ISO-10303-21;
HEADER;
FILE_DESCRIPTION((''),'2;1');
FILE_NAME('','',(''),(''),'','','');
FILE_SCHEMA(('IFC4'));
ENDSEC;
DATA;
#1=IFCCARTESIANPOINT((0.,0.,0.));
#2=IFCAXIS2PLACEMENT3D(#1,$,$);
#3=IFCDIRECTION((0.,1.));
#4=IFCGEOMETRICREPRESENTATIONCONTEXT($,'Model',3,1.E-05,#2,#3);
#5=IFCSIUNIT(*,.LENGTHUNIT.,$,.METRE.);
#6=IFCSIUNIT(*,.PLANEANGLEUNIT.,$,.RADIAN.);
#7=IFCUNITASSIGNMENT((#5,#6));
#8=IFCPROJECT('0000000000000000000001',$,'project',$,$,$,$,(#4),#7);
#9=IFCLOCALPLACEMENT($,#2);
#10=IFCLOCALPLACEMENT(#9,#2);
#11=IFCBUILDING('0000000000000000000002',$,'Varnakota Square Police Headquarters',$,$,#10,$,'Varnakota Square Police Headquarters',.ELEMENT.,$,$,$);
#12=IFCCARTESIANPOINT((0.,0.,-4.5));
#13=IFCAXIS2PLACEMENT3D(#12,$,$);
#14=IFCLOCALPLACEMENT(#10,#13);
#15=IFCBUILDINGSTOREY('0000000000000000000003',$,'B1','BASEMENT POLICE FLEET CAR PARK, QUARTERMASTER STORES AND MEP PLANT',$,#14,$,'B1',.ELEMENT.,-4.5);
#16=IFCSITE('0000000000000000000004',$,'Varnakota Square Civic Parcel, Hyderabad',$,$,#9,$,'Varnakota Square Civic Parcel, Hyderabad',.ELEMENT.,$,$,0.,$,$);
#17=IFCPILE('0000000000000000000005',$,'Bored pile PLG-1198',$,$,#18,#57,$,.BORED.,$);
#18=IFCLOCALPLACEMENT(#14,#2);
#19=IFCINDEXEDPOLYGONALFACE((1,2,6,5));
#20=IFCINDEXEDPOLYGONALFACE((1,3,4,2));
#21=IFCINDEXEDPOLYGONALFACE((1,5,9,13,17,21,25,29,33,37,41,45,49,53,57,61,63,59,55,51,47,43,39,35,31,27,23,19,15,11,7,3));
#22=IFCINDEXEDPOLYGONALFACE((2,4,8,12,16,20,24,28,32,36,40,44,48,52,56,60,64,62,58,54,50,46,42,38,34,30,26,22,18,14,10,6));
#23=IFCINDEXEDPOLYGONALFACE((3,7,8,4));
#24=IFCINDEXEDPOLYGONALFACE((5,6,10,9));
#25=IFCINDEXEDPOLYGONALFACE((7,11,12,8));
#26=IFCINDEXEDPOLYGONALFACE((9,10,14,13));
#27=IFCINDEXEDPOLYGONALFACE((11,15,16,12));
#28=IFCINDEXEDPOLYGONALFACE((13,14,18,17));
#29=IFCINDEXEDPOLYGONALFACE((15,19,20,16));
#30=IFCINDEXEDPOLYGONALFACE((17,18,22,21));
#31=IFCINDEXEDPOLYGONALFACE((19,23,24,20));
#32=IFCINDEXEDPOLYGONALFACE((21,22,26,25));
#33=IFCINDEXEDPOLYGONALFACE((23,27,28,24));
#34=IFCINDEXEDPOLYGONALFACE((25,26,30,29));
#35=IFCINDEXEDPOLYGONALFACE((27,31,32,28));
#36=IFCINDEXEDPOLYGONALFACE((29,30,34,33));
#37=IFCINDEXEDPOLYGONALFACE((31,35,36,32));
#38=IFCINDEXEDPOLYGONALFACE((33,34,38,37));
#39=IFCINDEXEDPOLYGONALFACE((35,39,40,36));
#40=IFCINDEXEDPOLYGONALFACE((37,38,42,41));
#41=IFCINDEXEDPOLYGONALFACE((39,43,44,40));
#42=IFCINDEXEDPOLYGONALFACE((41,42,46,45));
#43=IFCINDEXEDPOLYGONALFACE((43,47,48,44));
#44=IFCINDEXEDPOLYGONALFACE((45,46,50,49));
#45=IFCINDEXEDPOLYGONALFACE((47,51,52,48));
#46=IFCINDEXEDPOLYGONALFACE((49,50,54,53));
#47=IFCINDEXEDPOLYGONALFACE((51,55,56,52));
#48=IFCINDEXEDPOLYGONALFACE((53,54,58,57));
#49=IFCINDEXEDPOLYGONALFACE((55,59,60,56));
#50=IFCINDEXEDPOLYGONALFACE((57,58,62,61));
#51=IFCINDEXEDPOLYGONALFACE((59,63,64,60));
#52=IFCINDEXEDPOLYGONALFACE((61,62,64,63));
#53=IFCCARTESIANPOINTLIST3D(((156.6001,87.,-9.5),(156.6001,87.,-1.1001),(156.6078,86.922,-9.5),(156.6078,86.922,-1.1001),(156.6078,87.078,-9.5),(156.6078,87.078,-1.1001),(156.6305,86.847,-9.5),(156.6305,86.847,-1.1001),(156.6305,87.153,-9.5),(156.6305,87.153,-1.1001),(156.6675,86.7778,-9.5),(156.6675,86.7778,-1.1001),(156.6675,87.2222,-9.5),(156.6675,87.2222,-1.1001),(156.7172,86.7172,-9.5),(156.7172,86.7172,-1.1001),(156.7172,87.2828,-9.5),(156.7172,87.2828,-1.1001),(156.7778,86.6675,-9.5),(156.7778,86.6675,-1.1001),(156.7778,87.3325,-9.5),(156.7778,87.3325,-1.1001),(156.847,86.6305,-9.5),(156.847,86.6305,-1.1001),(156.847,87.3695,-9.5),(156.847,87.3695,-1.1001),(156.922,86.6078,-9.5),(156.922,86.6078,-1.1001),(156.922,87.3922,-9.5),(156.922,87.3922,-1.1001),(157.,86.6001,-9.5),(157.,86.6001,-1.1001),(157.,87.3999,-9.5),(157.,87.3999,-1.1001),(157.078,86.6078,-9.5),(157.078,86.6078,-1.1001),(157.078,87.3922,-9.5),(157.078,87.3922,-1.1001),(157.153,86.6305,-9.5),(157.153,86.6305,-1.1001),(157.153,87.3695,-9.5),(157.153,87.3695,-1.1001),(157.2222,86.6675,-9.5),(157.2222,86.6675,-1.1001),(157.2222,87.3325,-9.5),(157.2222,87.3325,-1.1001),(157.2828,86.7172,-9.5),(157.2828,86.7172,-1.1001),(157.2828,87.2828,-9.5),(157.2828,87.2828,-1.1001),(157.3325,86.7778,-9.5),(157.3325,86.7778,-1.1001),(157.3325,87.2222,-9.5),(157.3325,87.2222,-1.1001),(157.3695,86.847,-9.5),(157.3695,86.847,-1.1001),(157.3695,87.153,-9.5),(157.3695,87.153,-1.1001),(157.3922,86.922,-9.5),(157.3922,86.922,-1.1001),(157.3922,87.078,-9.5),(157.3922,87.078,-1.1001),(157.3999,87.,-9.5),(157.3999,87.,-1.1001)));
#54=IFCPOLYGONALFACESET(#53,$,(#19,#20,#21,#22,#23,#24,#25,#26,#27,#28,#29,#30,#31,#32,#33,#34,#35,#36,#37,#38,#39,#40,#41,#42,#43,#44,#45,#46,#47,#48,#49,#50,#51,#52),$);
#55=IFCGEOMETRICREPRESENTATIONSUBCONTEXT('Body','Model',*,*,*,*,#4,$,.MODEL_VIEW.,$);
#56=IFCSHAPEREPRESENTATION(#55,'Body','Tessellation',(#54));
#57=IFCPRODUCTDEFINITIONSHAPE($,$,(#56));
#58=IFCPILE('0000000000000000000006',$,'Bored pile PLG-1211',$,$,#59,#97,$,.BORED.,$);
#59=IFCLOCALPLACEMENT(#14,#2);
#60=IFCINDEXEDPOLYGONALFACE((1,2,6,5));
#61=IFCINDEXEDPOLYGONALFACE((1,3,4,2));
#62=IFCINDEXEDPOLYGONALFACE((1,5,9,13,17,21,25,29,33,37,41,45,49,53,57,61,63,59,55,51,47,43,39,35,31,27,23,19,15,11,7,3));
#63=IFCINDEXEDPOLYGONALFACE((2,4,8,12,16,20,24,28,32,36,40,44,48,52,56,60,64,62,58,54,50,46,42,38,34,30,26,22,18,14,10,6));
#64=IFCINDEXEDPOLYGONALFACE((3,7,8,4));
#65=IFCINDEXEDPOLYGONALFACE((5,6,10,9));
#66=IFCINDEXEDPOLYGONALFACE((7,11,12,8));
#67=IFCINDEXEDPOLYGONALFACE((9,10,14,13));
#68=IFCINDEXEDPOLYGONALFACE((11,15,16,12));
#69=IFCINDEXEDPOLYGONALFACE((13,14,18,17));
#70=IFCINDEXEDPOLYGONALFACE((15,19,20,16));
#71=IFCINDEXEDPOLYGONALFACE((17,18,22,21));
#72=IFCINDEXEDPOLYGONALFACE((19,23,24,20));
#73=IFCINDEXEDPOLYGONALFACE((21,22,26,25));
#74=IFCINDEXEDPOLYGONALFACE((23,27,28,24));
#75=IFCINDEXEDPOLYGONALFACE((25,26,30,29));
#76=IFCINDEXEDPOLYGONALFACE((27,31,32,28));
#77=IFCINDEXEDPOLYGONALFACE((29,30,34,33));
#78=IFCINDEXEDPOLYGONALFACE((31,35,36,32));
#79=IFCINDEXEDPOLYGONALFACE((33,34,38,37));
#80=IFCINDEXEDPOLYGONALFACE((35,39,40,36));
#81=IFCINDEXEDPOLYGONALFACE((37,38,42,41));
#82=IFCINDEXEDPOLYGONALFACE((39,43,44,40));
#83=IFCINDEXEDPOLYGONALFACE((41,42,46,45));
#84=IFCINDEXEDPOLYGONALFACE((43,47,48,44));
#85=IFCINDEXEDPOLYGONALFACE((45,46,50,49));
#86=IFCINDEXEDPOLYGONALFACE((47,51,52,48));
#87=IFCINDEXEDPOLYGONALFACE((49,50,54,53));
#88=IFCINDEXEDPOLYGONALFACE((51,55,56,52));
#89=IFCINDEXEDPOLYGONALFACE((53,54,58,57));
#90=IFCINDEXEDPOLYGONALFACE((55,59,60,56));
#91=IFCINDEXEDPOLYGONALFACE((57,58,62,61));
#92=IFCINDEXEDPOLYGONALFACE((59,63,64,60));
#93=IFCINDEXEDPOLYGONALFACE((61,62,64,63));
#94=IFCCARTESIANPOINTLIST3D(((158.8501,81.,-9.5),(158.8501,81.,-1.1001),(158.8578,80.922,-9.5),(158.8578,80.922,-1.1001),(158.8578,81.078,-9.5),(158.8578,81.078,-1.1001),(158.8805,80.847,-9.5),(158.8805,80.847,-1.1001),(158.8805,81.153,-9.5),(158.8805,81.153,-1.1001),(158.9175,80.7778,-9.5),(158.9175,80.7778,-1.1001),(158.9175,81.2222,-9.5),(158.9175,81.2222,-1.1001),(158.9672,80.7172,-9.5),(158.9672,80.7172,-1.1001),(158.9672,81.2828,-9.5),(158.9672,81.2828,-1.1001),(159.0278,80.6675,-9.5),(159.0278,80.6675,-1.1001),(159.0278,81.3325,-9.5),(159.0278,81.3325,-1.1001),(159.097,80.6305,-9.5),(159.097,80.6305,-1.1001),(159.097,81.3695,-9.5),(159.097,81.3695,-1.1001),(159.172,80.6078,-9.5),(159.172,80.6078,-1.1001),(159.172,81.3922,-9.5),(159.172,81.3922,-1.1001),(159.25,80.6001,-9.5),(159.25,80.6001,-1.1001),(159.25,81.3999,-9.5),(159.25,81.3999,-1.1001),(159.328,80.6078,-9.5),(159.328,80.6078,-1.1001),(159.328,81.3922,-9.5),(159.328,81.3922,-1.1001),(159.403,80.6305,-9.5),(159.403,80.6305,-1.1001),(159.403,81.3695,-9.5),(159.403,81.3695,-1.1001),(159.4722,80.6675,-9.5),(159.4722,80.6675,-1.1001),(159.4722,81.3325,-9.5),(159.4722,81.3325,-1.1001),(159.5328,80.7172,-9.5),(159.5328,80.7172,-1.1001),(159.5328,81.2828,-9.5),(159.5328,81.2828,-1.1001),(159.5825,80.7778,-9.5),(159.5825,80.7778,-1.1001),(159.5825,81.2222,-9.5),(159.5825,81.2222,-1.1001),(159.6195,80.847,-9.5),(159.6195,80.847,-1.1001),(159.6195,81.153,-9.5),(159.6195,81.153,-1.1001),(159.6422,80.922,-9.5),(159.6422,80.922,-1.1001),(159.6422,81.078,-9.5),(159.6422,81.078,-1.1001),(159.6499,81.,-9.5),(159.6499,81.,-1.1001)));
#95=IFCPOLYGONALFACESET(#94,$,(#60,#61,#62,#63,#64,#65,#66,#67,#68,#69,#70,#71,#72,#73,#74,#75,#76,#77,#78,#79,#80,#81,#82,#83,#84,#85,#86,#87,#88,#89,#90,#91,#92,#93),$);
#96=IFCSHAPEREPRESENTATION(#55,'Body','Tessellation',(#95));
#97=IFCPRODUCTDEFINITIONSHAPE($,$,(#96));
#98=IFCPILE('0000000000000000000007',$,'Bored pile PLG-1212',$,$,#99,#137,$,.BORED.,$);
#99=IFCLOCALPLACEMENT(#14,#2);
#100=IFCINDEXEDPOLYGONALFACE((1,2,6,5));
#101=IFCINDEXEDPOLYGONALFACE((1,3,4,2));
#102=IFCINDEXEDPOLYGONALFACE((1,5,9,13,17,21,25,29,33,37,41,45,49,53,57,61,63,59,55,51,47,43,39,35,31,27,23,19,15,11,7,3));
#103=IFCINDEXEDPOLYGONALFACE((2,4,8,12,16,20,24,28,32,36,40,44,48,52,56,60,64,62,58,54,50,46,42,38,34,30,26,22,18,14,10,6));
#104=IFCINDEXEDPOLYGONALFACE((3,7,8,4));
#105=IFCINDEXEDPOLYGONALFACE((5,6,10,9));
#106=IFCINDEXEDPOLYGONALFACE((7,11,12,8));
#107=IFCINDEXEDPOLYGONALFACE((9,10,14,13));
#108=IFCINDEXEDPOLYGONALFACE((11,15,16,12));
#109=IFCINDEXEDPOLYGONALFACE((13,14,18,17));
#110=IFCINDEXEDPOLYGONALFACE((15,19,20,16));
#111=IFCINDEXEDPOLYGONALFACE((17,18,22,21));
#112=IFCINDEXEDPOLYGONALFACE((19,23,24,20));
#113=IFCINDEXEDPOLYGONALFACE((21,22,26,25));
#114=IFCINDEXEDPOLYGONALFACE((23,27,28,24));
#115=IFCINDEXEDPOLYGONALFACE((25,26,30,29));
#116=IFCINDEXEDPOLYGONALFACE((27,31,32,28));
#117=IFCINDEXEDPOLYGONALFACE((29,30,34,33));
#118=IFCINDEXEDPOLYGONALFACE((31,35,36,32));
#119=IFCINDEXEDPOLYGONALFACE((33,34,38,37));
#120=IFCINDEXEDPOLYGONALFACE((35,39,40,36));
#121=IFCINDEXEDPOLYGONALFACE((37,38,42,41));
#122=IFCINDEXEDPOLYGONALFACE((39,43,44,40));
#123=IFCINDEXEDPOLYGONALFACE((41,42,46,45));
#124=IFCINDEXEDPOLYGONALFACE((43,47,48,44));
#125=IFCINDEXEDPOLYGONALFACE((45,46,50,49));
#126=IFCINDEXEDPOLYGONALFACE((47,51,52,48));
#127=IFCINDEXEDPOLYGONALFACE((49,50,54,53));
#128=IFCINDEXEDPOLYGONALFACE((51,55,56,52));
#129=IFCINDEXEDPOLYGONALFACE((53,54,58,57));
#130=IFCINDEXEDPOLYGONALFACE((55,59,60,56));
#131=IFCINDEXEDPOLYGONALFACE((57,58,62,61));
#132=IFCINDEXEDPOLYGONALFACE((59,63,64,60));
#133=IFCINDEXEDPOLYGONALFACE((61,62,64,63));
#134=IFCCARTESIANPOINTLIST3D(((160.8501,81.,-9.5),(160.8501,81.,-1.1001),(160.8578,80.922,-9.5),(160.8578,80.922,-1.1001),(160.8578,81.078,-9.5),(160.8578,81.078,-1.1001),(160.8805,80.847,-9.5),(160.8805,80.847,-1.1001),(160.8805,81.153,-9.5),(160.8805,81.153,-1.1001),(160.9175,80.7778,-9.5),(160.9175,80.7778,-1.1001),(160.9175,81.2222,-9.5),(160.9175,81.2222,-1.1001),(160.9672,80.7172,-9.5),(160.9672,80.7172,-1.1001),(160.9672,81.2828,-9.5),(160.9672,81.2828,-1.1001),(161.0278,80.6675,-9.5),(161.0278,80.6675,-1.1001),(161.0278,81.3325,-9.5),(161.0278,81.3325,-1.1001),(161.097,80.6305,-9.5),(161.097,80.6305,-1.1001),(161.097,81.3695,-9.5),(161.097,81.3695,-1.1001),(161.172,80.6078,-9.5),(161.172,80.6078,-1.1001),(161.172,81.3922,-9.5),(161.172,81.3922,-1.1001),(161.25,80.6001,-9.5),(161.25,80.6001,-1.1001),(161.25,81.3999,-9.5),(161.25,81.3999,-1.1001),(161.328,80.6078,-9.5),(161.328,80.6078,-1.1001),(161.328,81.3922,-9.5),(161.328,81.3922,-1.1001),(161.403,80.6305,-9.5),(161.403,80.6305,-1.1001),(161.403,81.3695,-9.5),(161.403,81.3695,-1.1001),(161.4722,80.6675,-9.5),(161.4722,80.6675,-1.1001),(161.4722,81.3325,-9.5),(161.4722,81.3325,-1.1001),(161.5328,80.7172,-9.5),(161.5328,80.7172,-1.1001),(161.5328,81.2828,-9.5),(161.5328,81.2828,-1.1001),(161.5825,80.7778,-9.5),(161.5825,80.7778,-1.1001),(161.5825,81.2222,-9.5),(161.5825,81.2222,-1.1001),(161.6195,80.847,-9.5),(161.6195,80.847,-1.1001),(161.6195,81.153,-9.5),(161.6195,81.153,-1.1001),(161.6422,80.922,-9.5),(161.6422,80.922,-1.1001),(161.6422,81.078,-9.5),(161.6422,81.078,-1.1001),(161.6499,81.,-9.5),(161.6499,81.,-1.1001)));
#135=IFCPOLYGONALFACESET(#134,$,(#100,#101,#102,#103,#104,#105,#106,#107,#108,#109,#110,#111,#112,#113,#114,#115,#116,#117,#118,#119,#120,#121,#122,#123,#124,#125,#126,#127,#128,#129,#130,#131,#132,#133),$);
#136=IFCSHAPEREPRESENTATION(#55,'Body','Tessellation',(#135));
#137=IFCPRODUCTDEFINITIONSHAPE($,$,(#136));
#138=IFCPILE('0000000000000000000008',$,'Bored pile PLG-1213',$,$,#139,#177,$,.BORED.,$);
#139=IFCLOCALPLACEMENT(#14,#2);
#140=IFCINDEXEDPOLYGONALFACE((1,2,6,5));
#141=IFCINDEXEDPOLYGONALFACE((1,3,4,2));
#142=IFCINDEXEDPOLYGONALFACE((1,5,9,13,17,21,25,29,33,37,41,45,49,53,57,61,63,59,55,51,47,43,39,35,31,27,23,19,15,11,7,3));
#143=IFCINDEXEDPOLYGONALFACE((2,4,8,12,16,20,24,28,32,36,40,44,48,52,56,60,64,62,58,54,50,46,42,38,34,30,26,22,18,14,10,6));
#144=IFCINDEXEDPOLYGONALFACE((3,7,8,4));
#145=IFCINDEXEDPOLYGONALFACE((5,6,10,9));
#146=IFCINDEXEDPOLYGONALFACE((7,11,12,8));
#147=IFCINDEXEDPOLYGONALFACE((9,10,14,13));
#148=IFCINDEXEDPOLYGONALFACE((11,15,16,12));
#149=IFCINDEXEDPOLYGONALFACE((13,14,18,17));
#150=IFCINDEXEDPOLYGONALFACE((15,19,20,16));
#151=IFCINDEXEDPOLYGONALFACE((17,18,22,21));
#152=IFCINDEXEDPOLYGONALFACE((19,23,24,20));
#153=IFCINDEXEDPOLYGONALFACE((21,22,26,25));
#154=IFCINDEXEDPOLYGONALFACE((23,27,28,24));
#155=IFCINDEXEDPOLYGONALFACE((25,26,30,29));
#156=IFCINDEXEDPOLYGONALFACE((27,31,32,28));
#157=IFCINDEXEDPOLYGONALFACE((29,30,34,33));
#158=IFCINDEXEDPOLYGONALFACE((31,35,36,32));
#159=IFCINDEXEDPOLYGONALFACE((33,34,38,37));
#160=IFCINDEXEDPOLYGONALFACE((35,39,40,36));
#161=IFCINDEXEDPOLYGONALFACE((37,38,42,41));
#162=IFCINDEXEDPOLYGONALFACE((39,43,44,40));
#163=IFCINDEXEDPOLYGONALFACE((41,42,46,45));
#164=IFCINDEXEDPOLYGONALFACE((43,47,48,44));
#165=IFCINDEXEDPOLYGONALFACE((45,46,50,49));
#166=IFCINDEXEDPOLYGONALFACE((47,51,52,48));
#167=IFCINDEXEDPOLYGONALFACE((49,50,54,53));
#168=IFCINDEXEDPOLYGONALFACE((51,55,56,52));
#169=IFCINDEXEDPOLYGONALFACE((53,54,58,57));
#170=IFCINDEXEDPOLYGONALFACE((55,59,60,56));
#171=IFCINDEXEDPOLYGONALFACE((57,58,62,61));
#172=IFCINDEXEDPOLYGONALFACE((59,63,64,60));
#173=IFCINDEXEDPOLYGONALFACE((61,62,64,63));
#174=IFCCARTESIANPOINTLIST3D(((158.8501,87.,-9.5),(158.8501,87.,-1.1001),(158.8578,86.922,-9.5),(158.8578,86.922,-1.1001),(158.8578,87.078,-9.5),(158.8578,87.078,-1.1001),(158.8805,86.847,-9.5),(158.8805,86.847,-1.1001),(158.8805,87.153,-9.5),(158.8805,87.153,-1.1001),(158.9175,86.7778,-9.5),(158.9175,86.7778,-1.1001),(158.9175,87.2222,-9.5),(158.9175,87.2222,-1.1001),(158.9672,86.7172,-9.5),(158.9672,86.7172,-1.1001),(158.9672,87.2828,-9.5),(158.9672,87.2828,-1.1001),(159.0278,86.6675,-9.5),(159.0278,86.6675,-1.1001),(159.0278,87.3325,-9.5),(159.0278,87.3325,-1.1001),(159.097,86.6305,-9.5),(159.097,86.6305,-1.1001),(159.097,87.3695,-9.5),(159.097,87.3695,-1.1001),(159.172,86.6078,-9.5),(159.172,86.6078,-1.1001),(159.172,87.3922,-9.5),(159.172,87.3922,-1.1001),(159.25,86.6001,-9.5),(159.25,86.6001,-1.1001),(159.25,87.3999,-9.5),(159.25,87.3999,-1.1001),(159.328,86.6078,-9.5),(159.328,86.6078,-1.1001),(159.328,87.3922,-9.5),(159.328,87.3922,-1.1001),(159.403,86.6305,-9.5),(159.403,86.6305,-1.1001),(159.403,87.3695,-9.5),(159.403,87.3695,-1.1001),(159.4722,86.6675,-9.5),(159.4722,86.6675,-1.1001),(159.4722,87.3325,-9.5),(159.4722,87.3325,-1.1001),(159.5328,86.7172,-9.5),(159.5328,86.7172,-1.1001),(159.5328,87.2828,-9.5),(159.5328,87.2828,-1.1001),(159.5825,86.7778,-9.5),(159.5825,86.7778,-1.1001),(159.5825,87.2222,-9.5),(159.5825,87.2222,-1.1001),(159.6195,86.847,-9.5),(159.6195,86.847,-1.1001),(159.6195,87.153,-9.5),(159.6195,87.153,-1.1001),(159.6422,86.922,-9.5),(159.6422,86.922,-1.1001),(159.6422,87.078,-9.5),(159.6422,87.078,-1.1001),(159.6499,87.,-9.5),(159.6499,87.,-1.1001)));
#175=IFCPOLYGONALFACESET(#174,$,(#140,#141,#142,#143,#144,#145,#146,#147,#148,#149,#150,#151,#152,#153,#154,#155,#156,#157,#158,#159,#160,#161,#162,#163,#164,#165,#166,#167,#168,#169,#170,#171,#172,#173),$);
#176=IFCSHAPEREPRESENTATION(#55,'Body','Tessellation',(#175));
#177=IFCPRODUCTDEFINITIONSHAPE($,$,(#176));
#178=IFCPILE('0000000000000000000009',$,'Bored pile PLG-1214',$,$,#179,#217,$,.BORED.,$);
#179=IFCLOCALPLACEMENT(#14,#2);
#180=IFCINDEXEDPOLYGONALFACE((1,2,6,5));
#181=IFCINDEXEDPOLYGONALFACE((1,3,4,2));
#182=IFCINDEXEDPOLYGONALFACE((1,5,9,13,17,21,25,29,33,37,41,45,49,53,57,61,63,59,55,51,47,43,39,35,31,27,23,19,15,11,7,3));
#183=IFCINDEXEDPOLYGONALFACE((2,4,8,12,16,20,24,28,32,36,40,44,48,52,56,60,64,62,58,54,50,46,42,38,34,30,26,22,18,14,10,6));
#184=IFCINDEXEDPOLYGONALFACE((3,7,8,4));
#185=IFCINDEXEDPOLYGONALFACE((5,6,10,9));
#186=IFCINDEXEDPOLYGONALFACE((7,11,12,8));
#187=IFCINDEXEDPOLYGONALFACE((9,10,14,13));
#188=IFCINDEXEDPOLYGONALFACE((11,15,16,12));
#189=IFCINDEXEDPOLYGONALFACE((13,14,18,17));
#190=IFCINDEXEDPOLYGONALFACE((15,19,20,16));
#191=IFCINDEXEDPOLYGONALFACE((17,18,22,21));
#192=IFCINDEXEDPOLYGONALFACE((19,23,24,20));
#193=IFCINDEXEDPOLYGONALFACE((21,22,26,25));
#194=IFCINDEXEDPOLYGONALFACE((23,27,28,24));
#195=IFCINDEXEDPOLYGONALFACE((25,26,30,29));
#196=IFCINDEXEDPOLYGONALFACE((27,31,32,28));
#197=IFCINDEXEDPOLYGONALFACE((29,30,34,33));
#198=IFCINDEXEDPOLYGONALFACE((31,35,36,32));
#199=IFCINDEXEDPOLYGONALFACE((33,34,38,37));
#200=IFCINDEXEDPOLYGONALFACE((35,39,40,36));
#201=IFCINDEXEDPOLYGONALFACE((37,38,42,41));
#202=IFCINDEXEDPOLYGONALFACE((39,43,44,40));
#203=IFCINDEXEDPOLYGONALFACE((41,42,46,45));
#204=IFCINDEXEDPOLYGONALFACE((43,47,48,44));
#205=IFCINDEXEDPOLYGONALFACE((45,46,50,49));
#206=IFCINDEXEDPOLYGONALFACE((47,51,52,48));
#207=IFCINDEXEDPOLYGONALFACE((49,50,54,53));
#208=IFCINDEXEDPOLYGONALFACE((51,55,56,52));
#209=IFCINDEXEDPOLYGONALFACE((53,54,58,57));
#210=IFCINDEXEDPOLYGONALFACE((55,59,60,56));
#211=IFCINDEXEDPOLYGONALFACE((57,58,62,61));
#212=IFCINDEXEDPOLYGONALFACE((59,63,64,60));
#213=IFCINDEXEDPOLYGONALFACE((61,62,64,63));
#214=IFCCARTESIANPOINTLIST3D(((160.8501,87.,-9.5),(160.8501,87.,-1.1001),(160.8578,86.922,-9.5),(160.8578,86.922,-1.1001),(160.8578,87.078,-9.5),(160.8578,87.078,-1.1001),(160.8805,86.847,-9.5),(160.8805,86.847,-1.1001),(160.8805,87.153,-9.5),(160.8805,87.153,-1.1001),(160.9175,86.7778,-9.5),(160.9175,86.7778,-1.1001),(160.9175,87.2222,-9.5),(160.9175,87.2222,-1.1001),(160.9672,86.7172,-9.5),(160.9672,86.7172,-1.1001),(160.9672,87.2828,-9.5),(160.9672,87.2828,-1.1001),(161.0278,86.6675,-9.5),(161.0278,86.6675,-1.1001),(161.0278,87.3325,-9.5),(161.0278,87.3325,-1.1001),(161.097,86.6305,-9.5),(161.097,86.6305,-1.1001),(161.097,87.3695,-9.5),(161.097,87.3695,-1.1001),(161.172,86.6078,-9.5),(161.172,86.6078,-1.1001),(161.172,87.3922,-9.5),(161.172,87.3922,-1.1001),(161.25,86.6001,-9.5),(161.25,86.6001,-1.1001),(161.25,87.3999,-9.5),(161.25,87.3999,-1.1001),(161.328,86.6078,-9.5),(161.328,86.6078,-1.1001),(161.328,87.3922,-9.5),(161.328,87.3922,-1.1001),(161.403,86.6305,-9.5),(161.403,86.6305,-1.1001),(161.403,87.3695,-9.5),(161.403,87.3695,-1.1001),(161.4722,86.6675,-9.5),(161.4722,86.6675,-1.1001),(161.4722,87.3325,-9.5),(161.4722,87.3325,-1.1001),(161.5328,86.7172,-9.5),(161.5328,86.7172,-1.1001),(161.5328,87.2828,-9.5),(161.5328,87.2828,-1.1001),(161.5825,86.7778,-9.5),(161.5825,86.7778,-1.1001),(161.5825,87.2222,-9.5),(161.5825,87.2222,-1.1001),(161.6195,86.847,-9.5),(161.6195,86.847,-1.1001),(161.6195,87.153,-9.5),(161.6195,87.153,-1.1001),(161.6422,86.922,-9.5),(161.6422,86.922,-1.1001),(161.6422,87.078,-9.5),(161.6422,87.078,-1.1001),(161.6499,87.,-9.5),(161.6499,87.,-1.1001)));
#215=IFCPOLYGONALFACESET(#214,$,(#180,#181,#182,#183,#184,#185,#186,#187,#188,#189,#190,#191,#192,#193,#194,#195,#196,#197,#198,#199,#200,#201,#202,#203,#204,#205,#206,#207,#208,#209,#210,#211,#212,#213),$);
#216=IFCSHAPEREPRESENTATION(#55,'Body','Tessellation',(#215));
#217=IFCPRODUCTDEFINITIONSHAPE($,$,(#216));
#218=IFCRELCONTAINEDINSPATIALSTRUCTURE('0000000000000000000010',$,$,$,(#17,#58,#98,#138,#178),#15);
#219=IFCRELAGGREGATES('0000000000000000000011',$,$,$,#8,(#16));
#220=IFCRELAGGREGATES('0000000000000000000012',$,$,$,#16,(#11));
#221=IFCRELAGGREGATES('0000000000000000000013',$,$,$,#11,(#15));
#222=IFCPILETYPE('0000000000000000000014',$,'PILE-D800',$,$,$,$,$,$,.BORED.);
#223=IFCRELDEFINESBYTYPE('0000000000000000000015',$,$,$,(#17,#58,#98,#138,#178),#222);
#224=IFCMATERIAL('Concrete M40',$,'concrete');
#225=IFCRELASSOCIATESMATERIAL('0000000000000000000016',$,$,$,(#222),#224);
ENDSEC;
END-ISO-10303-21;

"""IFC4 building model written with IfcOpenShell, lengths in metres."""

from ifc_helpers import new_model, si_unit, direction, frame, origin, origin_2d, place, context, subcontext, project, spatial, circle, extrude, material, material_profile, profile_set, type_object, element, save


model = new_model("IFC4")

# Units and contexts
model_context = context("Model", 3, precision=1e-05, world=origin(), true_north=direction((0.0, 1.0)))
body_context = subcontext(model_context, "Body", "Model", "MODEL_VIEW")
ifc_project = project(units=[si_unit("LENGTHUNIT", "METRE"), si_unit("PLANEANGLEUNIT", "RADIAN")], contexts=[model_context])

# Site, building, storey
site_placement = place(None, origin())
site = spatial("IfcSite", under=ifc_project, at=site_placement, Name="Varnakota Square Civic Parcel, Hyderabad", LongName="Varnakota Square Civic Parcel, Hyderabad", CompositionType="ELEMENT", RefElevation=0.0)
building_placement = place(site_placement, origin())
building = spatial("IfcBuilding", under=site, at=building_placement, Name="Varnakota Square Police Headquarters", LongName="Varnakota Square Police Headquarters", CompositionType="ELEMENT")
storey_placement = place(building_placement, frame((0.0, 0.0, -4.5)))
storey = spatial("IfcBuildingStorey", under=building, at=storey_placement, Name="B1", Description="BASEMENT POLICE FLEET CAR PARK, QUARTERMASTER STORES AND MEP PLANT", LongName="B1", CompositionType="ELEMENT", Elevation=-4.5)

# Shared definitions
ifc_material_1 = material(Name="Concrete M40", Category="concrete")

# Piles
ifc_material_profile_1 = material_profile(ifc_material_1, circle(Radius=0.3999, at=origin_2d()), Name="BORED PILE 800")
ifc_profile_set_1 = profile_set([ifc_material_profile_1], Name="Concrete M40")
pile_type = type_object("IfcPileType", Name="PILE-D800", PredefinedType="BORED", material=ifc_profile_set_1)
for number, where, z_axis, x_axis, name in (
    (1, (157.0, 87.0, -1.1001), (0.0, 0.0, -1.0), (1.0, 0.0, 0.0), "Bored pile PLG-1198"),
    (2, (159.25, 81.0, -1.1001), (0.0, 0.0, -1.0), (1.0, 0.0, 0.0), "Bored pile PLG-1211"),
    (3, (161.25, 81.0, -1.1001), (0.0, 0.0, -1.0), (1.0, 0.0, 0.0), "Bored pile PLG-1212"),
    (4, (159.25, 87.0, -1.1001), (0.0, 0.0, -1.0), (1.0, 0.0, 0.0), "Bored pile PLG-1213"),
    (5, (161.25, 87.0, -1.1001), (0.0, 0.0, -1.0), (1.0, 0.0, 0.0), "Bored pile PLG-1214"),
):
    element("IfcPile", number, at=place(storey_placement, frame(where, z_axis=z_axis, x_axis=x_axis)), inside=storey, type_object=pile_type, Name=name, PredefinedType="BORED", context=body_context, shape_type="SweptSolid", body=[
        extrude(circle(Radius=0.3999, at=origin_2d()), origin(), (0.0, 0.0, 1.0), 8.3999),
    ])

save(model, "model.ifc")
